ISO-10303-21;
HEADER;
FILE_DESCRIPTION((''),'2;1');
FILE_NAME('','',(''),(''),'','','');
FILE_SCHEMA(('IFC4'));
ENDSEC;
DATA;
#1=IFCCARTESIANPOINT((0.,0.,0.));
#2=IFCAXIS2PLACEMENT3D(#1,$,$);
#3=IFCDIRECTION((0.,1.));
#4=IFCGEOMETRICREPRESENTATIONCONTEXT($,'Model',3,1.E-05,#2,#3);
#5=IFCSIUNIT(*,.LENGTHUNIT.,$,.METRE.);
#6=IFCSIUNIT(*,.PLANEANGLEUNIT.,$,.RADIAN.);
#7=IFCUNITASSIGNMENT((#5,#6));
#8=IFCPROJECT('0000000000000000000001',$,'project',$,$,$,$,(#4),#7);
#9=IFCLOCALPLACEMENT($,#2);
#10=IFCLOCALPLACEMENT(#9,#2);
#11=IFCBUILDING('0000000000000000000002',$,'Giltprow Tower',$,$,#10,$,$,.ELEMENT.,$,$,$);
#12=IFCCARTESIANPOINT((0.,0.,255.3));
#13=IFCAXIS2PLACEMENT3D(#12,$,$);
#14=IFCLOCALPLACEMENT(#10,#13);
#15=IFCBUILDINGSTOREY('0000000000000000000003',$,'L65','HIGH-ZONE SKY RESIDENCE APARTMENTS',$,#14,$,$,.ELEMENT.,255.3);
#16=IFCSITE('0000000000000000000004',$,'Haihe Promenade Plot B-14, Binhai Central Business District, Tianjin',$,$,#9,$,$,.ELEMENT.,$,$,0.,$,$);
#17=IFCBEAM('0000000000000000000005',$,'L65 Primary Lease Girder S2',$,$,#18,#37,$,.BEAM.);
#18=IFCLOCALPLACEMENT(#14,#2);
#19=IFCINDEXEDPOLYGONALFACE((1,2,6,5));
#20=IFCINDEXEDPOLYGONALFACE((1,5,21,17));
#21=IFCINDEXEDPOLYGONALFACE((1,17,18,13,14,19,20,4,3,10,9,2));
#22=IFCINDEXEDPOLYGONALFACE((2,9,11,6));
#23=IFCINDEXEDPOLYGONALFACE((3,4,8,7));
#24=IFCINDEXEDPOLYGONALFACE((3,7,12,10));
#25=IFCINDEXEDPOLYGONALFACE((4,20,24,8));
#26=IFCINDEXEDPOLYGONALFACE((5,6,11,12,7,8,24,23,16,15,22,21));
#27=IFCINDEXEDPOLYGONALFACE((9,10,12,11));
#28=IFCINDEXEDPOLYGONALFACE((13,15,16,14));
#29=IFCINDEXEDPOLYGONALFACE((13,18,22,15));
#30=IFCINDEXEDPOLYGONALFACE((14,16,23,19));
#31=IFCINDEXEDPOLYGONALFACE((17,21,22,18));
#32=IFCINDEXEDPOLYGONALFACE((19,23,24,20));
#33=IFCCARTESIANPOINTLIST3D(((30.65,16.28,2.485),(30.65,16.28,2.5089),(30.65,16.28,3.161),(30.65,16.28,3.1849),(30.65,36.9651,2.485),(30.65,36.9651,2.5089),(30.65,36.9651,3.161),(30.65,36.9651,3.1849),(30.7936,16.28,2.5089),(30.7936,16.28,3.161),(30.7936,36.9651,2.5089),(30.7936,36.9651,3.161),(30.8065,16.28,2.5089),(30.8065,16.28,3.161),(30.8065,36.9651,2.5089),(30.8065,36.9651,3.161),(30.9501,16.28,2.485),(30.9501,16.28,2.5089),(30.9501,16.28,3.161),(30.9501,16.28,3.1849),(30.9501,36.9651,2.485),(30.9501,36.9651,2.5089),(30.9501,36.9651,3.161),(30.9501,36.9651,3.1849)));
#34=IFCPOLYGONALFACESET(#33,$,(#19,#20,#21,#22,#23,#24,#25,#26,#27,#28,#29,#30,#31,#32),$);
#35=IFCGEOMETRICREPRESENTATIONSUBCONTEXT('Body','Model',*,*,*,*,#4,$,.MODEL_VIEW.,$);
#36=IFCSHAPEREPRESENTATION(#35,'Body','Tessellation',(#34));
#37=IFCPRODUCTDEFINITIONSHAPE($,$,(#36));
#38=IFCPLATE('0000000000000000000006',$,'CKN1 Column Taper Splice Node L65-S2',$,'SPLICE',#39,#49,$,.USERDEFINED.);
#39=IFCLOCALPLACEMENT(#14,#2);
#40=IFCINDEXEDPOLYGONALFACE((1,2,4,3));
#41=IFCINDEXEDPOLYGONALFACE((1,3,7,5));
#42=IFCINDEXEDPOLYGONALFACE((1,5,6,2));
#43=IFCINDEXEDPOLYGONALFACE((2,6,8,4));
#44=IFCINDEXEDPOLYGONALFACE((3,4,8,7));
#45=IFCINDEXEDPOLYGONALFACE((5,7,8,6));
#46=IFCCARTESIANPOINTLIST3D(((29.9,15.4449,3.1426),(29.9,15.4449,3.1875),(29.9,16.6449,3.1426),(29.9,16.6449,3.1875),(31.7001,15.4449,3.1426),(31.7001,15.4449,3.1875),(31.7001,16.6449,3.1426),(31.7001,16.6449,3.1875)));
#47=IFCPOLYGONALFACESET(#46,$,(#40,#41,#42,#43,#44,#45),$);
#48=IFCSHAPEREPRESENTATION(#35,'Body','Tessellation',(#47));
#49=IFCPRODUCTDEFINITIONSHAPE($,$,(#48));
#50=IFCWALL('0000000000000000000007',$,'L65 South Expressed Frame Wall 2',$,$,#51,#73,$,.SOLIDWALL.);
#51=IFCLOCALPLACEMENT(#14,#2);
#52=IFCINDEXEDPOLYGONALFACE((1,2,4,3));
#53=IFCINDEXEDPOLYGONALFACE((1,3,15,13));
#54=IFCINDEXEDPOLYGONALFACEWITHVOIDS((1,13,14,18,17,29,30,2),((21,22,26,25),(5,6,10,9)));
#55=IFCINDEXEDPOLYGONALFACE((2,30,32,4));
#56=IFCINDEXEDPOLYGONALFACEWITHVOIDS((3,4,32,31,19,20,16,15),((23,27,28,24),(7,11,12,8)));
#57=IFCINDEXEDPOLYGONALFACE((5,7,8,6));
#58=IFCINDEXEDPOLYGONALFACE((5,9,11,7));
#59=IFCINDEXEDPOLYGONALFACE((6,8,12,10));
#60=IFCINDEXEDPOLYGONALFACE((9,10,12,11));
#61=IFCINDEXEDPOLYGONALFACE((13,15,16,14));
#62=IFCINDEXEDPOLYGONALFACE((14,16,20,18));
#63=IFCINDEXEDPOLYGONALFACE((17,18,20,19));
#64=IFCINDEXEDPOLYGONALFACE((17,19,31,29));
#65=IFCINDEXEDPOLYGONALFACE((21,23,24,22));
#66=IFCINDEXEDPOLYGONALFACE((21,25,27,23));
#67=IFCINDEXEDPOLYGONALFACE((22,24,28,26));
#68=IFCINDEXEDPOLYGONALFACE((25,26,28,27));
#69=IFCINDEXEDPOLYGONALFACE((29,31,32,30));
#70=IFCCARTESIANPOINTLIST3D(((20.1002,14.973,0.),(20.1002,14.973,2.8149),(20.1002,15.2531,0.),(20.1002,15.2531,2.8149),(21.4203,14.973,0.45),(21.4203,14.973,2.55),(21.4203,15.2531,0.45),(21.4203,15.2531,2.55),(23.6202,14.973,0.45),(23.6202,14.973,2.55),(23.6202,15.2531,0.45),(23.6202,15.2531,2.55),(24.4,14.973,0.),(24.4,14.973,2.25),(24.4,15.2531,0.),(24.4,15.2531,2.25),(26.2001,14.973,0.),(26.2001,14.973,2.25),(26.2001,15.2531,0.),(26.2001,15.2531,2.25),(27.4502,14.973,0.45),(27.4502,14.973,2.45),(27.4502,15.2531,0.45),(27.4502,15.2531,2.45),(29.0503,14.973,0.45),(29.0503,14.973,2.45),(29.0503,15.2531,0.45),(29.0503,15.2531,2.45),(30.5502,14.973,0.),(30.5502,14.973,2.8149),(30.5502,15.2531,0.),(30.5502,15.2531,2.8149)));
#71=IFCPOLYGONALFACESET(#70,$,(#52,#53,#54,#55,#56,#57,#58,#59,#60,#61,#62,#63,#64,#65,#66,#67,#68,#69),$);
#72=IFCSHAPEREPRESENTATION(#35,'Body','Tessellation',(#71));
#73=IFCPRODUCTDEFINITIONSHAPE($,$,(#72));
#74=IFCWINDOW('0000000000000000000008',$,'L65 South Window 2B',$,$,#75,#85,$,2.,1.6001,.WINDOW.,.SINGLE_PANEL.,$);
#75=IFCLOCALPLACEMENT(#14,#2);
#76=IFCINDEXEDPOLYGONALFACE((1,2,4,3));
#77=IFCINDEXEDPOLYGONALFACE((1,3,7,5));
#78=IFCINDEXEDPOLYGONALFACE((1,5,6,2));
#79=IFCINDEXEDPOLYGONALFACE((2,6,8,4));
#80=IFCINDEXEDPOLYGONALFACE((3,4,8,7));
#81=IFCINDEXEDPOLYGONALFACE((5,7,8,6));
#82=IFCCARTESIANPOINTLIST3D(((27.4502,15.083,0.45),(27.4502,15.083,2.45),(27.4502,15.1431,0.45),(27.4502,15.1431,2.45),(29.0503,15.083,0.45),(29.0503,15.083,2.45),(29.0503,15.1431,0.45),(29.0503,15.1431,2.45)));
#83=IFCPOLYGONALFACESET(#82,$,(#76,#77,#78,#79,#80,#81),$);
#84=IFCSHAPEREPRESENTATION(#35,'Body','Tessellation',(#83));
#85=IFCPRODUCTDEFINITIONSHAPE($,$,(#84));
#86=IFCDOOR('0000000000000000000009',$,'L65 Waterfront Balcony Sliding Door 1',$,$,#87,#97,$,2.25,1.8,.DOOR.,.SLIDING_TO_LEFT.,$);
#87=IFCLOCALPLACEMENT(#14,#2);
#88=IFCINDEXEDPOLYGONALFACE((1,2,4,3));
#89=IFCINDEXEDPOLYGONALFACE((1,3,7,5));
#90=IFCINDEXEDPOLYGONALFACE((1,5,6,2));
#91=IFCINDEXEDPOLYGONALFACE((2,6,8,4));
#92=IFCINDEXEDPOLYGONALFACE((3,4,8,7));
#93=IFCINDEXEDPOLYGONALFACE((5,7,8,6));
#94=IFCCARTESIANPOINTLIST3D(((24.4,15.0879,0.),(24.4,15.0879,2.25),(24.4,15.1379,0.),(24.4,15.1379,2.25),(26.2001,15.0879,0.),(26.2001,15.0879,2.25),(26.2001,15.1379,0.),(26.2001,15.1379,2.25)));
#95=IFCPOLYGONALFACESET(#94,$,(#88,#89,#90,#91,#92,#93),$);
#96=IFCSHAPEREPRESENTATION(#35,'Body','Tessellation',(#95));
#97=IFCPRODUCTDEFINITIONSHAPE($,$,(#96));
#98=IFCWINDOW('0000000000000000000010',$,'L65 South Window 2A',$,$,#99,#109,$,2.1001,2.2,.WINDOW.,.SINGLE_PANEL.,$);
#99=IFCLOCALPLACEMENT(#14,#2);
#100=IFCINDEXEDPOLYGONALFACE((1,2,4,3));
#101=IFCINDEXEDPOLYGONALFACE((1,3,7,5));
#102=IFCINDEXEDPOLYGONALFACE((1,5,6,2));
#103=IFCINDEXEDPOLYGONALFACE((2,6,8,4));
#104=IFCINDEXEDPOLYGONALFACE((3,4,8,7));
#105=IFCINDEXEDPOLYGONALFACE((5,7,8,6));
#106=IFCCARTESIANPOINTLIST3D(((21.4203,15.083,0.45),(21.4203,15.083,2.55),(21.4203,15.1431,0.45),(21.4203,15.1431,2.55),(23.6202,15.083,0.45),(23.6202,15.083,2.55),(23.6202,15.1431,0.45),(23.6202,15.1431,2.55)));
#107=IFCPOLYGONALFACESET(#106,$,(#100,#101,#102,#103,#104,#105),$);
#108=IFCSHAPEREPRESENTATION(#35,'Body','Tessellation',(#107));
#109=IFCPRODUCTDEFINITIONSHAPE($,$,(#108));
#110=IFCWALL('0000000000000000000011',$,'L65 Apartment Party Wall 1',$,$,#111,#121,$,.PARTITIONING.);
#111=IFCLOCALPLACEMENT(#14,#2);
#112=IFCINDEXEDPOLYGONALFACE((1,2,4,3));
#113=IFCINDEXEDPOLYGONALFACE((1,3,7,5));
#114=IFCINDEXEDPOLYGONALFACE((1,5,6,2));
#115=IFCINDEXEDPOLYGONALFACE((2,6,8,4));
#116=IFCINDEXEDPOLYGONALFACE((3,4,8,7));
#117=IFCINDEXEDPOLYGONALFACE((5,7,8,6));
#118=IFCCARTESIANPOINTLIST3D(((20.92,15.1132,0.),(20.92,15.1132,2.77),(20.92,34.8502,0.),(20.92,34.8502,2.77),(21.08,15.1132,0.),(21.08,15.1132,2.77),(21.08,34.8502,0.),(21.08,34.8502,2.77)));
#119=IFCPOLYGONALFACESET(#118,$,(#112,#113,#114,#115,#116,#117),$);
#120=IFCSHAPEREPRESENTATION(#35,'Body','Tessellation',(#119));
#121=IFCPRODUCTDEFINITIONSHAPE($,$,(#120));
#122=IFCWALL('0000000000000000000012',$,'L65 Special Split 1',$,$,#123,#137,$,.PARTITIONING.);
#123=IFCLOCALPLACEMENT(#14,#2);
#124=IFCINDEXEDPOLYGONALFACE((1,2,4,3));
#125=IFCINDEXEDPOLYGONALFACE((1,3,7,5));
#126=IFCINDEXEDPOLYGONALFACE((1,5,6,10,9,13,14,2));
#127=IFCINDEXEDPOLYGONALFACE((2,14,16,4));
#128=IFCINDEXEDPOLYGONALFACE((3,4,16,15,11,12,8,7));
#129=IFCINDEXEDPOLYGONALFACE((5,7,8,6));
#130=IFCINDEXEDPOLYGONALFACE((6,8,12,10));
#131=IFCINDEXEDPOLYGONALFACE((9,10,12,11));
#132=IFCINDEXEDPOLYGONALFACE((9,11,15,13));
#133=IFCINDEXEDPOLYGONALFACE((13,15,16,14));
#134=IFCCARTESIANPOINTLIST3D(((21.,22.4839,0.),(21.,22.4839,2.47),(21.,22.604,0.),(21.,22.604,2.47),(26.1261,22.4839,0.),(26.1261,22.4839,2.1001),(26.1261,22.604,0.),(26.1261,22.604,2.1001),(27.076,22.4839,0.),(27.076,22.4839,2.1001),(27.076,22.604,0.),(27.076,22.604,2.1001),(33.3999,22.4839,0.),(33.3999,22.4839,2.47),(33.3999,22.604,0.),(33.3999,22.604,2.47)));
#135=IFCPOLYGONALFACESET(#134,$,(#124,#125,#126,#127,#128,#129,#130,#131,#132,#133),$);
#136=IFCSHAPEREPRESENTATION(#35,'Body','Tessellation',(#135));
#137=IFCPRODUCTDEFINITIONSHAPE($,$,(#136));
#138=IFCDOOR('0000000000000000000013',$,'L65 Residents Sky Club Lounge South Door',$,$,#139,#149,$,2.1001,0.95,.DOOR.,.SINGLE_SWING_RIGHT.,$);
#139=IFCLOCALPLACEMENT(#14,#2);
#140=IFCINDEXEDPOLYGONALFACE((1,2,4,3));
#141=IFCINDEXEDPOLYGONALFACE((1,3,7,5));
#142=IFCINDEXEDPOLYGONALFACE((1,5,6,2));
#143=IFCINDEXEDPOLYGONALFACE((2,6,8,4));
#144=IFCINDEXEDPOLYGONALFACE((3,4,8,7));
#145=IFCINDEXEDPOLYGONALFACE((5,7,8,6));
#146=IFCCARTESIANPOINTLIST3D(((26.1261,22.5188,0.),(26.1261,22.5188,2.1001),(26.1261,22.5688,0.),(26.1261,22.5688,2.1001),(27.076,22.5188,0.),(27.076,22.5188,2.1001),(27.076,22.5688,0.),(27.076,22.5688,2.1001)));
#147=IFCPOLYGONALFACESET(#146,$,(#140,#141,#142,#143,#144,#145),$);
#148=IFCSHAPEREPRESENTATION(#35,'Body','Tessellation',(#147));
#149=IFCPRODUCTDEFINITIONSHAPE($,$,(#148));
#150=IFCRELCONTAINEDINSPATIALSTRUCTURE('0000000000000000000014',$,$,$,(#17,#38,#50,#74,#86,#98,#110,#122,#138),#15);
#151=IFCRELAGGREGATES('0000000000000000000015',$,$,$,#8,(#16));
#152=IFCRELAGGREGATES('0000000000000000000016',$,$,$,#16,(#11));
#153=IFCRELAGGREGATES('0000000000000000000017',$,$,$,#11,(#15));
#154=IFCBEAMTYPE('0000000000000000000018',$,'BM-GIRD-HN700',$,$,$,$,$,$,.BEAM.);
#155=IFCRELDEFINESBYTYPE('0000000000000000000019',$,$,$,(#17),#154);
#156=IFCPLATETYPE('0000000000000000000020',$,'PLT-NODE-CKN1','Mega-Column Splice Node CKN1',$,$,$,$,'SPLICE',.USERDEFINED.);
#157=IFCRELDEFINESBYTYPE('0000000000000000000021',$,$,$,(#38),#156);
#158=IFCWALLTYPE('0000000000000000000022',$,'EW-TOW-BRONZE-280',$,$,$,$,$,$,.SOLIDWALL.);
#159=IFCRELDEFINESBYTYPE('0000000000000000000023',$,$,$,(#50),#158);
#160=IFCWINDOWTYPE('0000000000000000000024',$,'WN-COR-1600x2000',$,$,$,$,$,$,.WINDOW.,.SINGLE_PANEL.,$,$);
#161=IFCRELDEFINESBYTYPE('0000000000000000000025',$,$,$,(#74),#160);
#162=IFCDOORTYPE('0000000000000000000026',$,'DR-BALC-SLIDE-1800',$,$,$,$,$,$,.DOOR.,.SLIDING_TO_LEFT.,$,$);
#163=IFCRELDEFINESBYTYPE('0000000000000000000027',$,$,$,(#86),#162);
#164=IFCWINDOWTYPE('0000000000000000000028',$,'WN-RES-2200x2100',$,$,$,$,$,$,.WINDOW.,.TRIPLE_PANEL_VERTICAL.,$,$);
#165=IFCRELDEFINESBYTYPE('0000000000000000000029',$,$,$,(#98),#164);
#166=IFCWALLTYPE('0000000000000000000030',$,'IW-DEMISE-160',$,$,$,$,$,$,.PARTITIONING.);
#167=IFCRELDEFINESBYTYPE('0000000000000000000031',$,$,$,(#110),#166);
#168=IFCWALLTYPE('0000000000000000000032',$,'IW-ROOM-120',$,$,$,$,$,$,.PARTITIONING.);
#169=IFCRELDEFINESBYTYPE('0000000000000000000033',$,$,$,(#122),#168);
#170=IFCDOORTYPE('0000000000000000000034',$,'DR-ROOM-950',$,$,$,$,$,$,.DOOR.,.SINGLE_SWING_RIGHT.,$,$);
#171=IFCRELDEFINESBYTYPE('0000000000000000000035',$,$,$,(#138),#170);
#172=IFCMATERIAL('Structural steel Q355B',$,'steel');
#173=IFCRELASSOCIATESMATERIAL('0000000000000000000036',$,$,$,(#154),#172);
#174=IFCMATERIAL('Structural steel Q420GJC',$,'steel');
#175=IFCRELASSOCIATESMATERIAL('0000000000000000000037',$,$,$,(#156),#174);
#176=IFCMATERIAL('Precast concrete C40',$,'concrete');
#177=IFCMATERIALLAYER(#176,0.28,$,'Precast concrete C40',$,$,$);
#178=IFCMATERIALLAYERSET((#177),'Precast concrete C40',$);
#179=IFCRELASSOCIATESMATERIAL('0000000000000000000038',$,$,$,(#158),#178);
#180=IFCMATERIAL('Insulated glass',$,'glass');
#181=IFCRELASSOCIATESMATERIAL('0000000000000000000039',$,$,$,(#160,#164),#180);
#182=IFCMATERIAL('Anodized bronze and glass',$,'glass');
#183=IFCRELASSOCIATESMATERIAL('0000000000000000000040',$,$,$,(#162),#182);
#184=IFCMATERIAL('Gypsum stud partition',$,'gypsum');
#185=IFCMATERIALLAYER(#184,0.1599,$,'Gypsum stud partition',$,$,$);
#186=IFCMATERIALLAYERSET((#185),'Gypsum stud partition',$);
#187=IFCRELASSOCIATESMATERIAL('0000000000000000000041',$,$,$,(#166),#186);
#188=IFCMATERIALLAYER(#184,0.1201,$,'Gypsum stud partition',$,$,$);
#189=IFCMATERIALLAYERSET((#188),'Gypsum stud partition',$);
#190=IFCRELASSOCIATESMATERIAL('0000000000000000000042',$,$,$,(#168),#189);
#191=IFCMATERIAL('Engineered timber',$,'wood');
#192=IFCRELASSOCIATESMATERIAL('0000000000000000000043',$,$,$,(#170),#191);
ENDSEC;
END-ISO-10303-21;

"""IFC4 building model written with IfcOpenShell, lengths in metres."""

from ifc_helpers import new_model, si_unit, direction, frame, frame_2d, origin, origin_2d, place, context, subcontext, project, spatial, rectangle, i_section, extrude, source, transform, mapped, material, layer, layer_set, material_profile, profile_set, type_object, element, fill, save


model = new_model("IFC4")

# Units and contexts
model_context = context("Model", 3, precision=1e-05, world=origin(), true_north=direction((0.0, 1.0)))
body_context = subcontext(model_context, "Body", "Model", "MODEL_VIEW")
ifc_project = project(units=[si_unit("LENGTHUNIT", "METRE"), si_unit("PLANEANGLEUNIT", "RADIAN")], contexts=[model_context])

# Site, building, storey
site_placement = place(None, origin())
site = spatial("IfcSite", under=ifc_project, at=site_placement, Name="Haihe Promenade Plot B-14, Binhai Central Business District, Tianjin", CompositionType="ELEMENT", RefElevation=0.0)
building_placement = place(site_placement, origin())
building = spatial("IfcBuilding", under=site, at=building_placement, Name="Giltprow Tower", CompositionType="ELEMENT")
storey_placement = place(building_placement, frame((0.0, 0.0, 255.3)))
storey = spatial("IfcBuildingStorey", under=building, at=storey_placement, Name="L65", Description="HIGH-ZONE SKY RESIDENCE APARTMENTS", CompositionType="ELEMENT", Elevation=255.3)

# Shared definitions
ifc_material_1 = material(Name="Structural steel Q355B", Category="steel")

# Beam
ifc_material_profile_1 = material_profile(ifc_material_1, i_section(OverallWidth=0.3, OverallDepth=0.7, WebThickness=0.0129, FlangeThickness=0.0239, at=origin_2d()), Name="HN 700x300x13x24")
ifc_profile_set_1 = profile_set([ifc_material_profile_1], Name="Structural steel Q355B")
beam_type_1 = type_object("IfcBeamType", Name="BM-GIRD-HN700", PredefinedType="BEAM", material=ifc_profile_set_1)
shared_shape_1 = source(origin(), body_context, "Body", "SweptSolid", [
    extrude(i_section(OverallWidth=0.3, OverallDepth=0.7, WebThickness=0.0129, FlangeThickness=0.0239, at=origin_2d()), origin(), (0.0, 0.0, 1.0), 20.6851),
])
for number, where, z_axis, x_axis, name in (
    (1, (30.8, 16.28, 2.835), (0.0, 1.0, 0.0), (-1.0, 0.0, 0.0), "L65 Primary Lease Girder S2"),
):
    element("IfcBeam", number, at=place(storey_placement, frame(where, z_axis=z_axis, x_axis=x_axis)), inside=storey, type_object=beam_type_1, Name=name, PredefinedType="BEAM", context=body_context, shape_type="MappedRepresentation", body=[
        mapped(shared_shape_1, transform((0.0, 0.0, 0.0), x_axis=(1.0, 0.0, 0.0), y_axis=(0.0, 1.0, 0.0), z_axis=(0.0, 0.0, 1.0), scale=1.0)),
    ])

# Plate
ifc_material_2 = material(Name="Structural steel Q420GJC", Category="steel")
plate_type = type_object("IfcPlateType", Name="PLT-NODE-CKN1", Description="Mega-Column Splice Node CKN1", ElementType="SPLICE", PredefinedType="USERDEFINED", material=ifc_material_2)
shared_shape_2 = source(origin(), body_context, "Body", "SweptSolid", [
    extrude(rectangle(XDim=1.8, YDim=1.2, at=origin_2d()), origin(), (0.0, 0.0, 1.0), 0.0449),
])
plate_placement = place(storey_placement, frame((30.8, 16.0449, 3.1426), z_axis=(0.0, 0.0, 1.0), x_axis=(1.0, 0.0, 0.0)))
element("IfcPlate", 2, at=plate_placement, inside=storey, type_object=plate_type, Name="CKN1 Column Taper Splice Node L65-S2", ObjectType="SPLICE", PredefinedType="USERDEFINED", context=body_context, shape_type="MappedRepresentation", body=[
    mapped(shared_shape_2, transform((0.0, 0.0, 0.0), x_axis=(1.0, 0.0, 0.0), y_axis=(0.0, 1.0, 0.0), z_axis=(0.0, 0.0, 1.0), scale=1.0)),
])

# Wall, openings, windows, door
ifc_material_3 = material(Name="Precast concrete C40", Category="concrete")
ifc_layer_1 = layer(ifc_material_3, 0.28, Name="Precast concrete C40")
ifc_layer_set_1 = layer_set([ifc_layer_1], Name="Precast concrete C40")
wall_type_1 = type_object("IfcWallType", Name="EW-TOW-BRONZE-280", PredefinedType="SOLIDWALL", material=ifc_layer_set_1)
wall_1_placement = place(storey_placement, frame((20.1001, 15.113, 0.0), z_axis=(0.0, 0.0, 1.0), x_axis=(1.0, 0.0, 0.0)))
wall_1 = element("IfcWall", 3, at=wall_1_placement, inside=storey, type_object=wall_type_1, Name="L65 South Expressed Frame Wall 2", PredefinedType="SOLIDWALL", context=body_context, shape_type="SweptSolid", body=[
    extrude(rectangle(XDim=10.45, YDim=0.28, at=frame_2d((5.2251, 0.0))), origin(), (0.0, 0.0, 1.0), 2.8149),
])
opening_1_placement = place(wall_1_placement, frame((4.3, 0.0, 0.0)))
opening_1 = element("IfcOpeningElement", 4, at=opening_1_placement, cuts=wall_1, PredefinedType="OPENING", context=body_context, shape_type="SweptSolid", body=[
    extrude(rectangle(XDim=1.8, YDim=2.25, at=frame_2d((0.8999, 1.125))), frame((0.0, 0.1499, 0.0), z_axis=(0.0, -1.0, 0.0), x_axis=(1.0, 0.0, 0.0)), (0.0, 0.0, 1.0), 0.3),
])
opening_2_placement = place(wall_1_placement, frame((1.3201, 0.0, 0.45)))
opening_2 = element("IfcOpeningElement", 5, at=opening_2_placement, cuts=wall_1, PredefinedType="OPENING", context=body_context, shape_type="SweptSolid", body=[
    extrude(rectangle(XDim=2.2, YDim=2.1001, at=frame_2d((1.1001, 1.05))), frame((0.0, 0.1499, 0.0), z_axis=(0.0, -1.0, 0.0), x_axis=(1.0, 0.0, 0.0)), (0.0, 0.0, 1.0), 0.3),
])
opening_3_placement = place(wall_1_placement, frame((7.3501, 0.0, 0.45)))
opening_3 = element("IfcOpeningElement", 6, at=opening_3_placement, cuts=wall_1, PredefinedType="OPENING", context=body_context, shape_type="SweptSolid", body=[
    extrude(rectangle(XDim=1.6001, YDim=2.0, at=frame_2d((0.8, 1.0))), frame((0.0, 0.1499, 0.0), z_axis=(0.0, -1.0, 0.0), x_axis=(1.0, 0.0, 0.0)), (0.0, 0.0, 1.0), 0.3),
])
ifc_material_4 = material(Name="Insulated glass", Category="glass")
window_type_1 = type_object("IfcWindowType", Name="WN-COR-1600x2000", PartitioningType="SINGLE_PANEL", PredefinedType="WINDOW", material=ifc_material_4)
shared_shape_3 = source(origin(), body_context, "Body", "SweptSolid", [
    extrude(rectangle(XDim=1.6001, YDim=2.0, at=frame_2d((0.8, 1.0))), frame((0.0, 0.03, 0.0), z_axis=(0.0, -1.0, 0.0), x_axis=(1.0, 0.0, 0.0)), (0.0, 0.0, 1.0), 0.0601),
])
window_1_placement = place(opening_3_placement, origin())
window_1 = element("IfcWindow", 7, at=window_1_placement, inside=storey, type_object=window_type_1, Name="L65 South Window 2B", OverallHeight=2.0, OverallWidth=1.6001, PartitioningType="SINGLE_PANEL", PredefinedType="WINDOW", context=body_context, shape_type="MappedRepresentation", body=[
    mapped(shared_shape_3, transform((0.0, 0.0, 0.0), x_axis=(1.0, 0.0, 0.0), y_axis=(0.0, 1.0, 0.0), z_axis=(0.0, 0.0, 1.0), scale=1.0)),
])
fill(opening_3, window_1)
ifc_material_5 = material(Name="Anodized bronze and glass", Category="glass")
door_type_1 = type_object("IfcDoorType", Name="DR-BALC-SLIDE-1800", OperationType="SLIDING_TO_LEFT", PredefinedType="DOOR", material=ifc_material_5)
shared_shape_4 = source(origin(), body_context, "Body", "SweptSolid", [
    extrude(rectangle(XDim=1.8, YDim=2.25, at=frame_2d((0.8999, 1.125))), frame((0.0, 0.0249, 0.0), z_axis=(0.0, -1.0, 0.0), x_axis=(1.0, 0.0, 0.0)), (0.0, 0.0, 1.0), 0.05),
])
door_1_placement = place(opening_1_placement, origin())
door_1 = element("IfcDoor", 8, at=door_1_placement, inside=storey, type_object=door_type_1, Name="L65 Waterfront Balcony Sliding Door 1", OperationType="SLIDING_TO_LEFT", OverallHeight=2.25, OverallWidth=1.8, PredefinedType="DOOR", context=body_context, shape_type="MappedRepresentation", body=[
    mapped(shared_shape_4, transform((0.0, 0.0, 0.0), x_axis=(1.0, 0.0, 0.0), y_axis=(0.0, 1.0, 0.0), z_axis=(0.0, 0.0, 1.0), scale=1.0)),
])
fill(opening_1, door_1)
window_type_2 = type_object("IfcWindowType", Name="WN-RES-2200x2100", PartitioningType="TRIPLE_PANEL_VERTICAL", PredefinedType="WINDOW", material=ifc_material_4)
shared_shape_5 = source(origin(), body_context, "Body", "SweptSolid", [
    extrude(rectangle(XDim=2.2, YDim=2.1001, at=frame_2d((1.1001, 1.05))), frame((0.0, 0.03, 0.0), z_axis=(0.0, -1.0, 0.0), x_axis=(1.0, 0.0, 0.0)), (0.0, 0.0, 1.0), 0.0601),
])
window_2_placement = place(opening_2_placement, origin())
window_2 = element("IfcWindow", 9, at=window_2_placement, inside=storey, type_object=window_type_2, Name="L65 South Window 2A", OverallHeight=2.1001, OverallWidth=2.2, PartitioningType="SINGLE_PANEL", PredefinedType="WINDOW", context=body_context, shape_type="MappedRepresentation", body=[
    mapped(shared_shape_5, transform((0.0, 0.0, 0.0), x_axis=(1.0, 0.0, 0.0), y_axis=(0.0, 1.0, 0.0), z_axis=(0.0, 0.0, 1.0), scale=1.0)),
])
fill(opening_2, window_2)

# Wall
ifc_material_6 = material(Name="Gypsum stud partition", Category="gypsum")
ifc_layer_2 = layer(ifc_material_6, 0.1599, Name="Gypsum stud partition")
ifc_layer_set_2 = layer_set([ifc_layer_2], Name="Gypsum stud partition")
wall_type_2 = type_object("IfcWallType", Name="IW-DEMISE-160", PredefinedType="PARTITIONING", material=ifc_layer_set_2)
wall_2_placement = place(storey_placement, frame((21.0, 15.113, 0.0), z_axis=(0.0, 0.0, 1.0), x_axis=(0.0, 1.0, 0.0)))
element("IfcWall", 10, at=wall_2_placement, inside=storey, type_object=wall_type_2, Name="L65 Apartment Party Wall 1", PredefinedType="PARTITIONING", context=body_context, shape_type="SweptSolid", body=[
    extrude(rectangle(XDim=19.7371, YDim=0.1599, at=frame_2d((9.8687, 0.0))), origin(), (0.0, 0.0, 1.0), 2.77),
])

# Wall, opening, door
ifc_layer_3 = layer(ifc_material_6, 0.1201, Name="Gypsum stud partition")
ifc_layer_set_3 = layer_set([ifc_layer_3], Name="Gypsum stud partition")
wall_type_3 = type_object("IfcWallType", Name="IW-ROOM-120", PredefinedType="PARTITIONING", material=ifc_layer_set_3)
wall_3_placement = place(storey_placement, frame((21.0, 22.5439, 0.0), z_axis=(0.0, 0.0, 1.0), x_axis=(1.0, 0.0, 0.0)))
wall_3 = element("IfcWall", 11, at=wall_3_placement, inside=storey, type_object=wall_type_3, Name="L65 Special Split 1", PredefinedType="PARTITIONING", context=body_context, shape_type="SweptSolid", body=[
    extrude(rectangle(XDim=12.3999, YDim=0.1201, at=frame_2d((6.2, 0.0))), origin(), (0.0, 0.0, 1.0), 2.47),
])
opening_4_placement = place(wall_3_placement, frame((5.126, 0.0, 0.0)))
opening_4 = element("IfcOpeningElement", 12, at=opening_4_placement, cuts=wall_3, PredefinedType="OPENING", context=body_context, shape_type="SweptSolid", body=[
    extrude(rectangle(XDim=0.95, YDim=2.1001, at=frame_2d((0.4751, 1.05))), frame((0.0, 0.0701, 0.0), z_axis=(0.0, -1.0, 0.0), x_axis=(1.0, 0.0, 0.0)), (0.0, 0.0, 1.0), 0.1401),
])
ifc_material_7 = material(Name="Engineered timber", Category="wood")
door_type_2 = type_object("IfcDoorType", Name="DR-ROOM-950", OperationType="SINGLE_SWING_RIGHT", PredefinedType="DOOR", material=ifc_material_7)
shared_shape_6 = source(origin(), body_context, "Body", "SweptSolid", [
    extrude(rectangle(XDim=0.95, YDim=2.1001, at=frame_2d((0.4751, 1.05))), frame((0.0, 0.0249, 0.0), z_axis=(0.0, -1.0, 0.0), x_axis=(1.0, 0.0, 0.0)), (0.0, 0.0, 1.0), 0.05),
])
door_2_placement = place(opening_4_placement, origin())
door_2 = element("IfcDoor", 13, at=door_2_placement, inside=storey, type_object=door_type_2, Name="L65 Residents Sky Club Lounge South Door", OperationType="SINGLE_SWING_RIGHT", OverallHeight=2.1001, OverallWidth=0.95, PredefinedType="DOOR", context=body_context, shape_type="MappedRepresentation", body=[
    mapped(shared_shape_6, transform((0.0, 0.0, 0.0), x_axis=(1.0, 0.0, 0.0), y_axis=(0.0, 1.0, 0.0), z_axis=(0.0, 0.0, 1.0), scale=1.0)),
])
fill(opening_4, door_2)

save(model, "model.ifc")
